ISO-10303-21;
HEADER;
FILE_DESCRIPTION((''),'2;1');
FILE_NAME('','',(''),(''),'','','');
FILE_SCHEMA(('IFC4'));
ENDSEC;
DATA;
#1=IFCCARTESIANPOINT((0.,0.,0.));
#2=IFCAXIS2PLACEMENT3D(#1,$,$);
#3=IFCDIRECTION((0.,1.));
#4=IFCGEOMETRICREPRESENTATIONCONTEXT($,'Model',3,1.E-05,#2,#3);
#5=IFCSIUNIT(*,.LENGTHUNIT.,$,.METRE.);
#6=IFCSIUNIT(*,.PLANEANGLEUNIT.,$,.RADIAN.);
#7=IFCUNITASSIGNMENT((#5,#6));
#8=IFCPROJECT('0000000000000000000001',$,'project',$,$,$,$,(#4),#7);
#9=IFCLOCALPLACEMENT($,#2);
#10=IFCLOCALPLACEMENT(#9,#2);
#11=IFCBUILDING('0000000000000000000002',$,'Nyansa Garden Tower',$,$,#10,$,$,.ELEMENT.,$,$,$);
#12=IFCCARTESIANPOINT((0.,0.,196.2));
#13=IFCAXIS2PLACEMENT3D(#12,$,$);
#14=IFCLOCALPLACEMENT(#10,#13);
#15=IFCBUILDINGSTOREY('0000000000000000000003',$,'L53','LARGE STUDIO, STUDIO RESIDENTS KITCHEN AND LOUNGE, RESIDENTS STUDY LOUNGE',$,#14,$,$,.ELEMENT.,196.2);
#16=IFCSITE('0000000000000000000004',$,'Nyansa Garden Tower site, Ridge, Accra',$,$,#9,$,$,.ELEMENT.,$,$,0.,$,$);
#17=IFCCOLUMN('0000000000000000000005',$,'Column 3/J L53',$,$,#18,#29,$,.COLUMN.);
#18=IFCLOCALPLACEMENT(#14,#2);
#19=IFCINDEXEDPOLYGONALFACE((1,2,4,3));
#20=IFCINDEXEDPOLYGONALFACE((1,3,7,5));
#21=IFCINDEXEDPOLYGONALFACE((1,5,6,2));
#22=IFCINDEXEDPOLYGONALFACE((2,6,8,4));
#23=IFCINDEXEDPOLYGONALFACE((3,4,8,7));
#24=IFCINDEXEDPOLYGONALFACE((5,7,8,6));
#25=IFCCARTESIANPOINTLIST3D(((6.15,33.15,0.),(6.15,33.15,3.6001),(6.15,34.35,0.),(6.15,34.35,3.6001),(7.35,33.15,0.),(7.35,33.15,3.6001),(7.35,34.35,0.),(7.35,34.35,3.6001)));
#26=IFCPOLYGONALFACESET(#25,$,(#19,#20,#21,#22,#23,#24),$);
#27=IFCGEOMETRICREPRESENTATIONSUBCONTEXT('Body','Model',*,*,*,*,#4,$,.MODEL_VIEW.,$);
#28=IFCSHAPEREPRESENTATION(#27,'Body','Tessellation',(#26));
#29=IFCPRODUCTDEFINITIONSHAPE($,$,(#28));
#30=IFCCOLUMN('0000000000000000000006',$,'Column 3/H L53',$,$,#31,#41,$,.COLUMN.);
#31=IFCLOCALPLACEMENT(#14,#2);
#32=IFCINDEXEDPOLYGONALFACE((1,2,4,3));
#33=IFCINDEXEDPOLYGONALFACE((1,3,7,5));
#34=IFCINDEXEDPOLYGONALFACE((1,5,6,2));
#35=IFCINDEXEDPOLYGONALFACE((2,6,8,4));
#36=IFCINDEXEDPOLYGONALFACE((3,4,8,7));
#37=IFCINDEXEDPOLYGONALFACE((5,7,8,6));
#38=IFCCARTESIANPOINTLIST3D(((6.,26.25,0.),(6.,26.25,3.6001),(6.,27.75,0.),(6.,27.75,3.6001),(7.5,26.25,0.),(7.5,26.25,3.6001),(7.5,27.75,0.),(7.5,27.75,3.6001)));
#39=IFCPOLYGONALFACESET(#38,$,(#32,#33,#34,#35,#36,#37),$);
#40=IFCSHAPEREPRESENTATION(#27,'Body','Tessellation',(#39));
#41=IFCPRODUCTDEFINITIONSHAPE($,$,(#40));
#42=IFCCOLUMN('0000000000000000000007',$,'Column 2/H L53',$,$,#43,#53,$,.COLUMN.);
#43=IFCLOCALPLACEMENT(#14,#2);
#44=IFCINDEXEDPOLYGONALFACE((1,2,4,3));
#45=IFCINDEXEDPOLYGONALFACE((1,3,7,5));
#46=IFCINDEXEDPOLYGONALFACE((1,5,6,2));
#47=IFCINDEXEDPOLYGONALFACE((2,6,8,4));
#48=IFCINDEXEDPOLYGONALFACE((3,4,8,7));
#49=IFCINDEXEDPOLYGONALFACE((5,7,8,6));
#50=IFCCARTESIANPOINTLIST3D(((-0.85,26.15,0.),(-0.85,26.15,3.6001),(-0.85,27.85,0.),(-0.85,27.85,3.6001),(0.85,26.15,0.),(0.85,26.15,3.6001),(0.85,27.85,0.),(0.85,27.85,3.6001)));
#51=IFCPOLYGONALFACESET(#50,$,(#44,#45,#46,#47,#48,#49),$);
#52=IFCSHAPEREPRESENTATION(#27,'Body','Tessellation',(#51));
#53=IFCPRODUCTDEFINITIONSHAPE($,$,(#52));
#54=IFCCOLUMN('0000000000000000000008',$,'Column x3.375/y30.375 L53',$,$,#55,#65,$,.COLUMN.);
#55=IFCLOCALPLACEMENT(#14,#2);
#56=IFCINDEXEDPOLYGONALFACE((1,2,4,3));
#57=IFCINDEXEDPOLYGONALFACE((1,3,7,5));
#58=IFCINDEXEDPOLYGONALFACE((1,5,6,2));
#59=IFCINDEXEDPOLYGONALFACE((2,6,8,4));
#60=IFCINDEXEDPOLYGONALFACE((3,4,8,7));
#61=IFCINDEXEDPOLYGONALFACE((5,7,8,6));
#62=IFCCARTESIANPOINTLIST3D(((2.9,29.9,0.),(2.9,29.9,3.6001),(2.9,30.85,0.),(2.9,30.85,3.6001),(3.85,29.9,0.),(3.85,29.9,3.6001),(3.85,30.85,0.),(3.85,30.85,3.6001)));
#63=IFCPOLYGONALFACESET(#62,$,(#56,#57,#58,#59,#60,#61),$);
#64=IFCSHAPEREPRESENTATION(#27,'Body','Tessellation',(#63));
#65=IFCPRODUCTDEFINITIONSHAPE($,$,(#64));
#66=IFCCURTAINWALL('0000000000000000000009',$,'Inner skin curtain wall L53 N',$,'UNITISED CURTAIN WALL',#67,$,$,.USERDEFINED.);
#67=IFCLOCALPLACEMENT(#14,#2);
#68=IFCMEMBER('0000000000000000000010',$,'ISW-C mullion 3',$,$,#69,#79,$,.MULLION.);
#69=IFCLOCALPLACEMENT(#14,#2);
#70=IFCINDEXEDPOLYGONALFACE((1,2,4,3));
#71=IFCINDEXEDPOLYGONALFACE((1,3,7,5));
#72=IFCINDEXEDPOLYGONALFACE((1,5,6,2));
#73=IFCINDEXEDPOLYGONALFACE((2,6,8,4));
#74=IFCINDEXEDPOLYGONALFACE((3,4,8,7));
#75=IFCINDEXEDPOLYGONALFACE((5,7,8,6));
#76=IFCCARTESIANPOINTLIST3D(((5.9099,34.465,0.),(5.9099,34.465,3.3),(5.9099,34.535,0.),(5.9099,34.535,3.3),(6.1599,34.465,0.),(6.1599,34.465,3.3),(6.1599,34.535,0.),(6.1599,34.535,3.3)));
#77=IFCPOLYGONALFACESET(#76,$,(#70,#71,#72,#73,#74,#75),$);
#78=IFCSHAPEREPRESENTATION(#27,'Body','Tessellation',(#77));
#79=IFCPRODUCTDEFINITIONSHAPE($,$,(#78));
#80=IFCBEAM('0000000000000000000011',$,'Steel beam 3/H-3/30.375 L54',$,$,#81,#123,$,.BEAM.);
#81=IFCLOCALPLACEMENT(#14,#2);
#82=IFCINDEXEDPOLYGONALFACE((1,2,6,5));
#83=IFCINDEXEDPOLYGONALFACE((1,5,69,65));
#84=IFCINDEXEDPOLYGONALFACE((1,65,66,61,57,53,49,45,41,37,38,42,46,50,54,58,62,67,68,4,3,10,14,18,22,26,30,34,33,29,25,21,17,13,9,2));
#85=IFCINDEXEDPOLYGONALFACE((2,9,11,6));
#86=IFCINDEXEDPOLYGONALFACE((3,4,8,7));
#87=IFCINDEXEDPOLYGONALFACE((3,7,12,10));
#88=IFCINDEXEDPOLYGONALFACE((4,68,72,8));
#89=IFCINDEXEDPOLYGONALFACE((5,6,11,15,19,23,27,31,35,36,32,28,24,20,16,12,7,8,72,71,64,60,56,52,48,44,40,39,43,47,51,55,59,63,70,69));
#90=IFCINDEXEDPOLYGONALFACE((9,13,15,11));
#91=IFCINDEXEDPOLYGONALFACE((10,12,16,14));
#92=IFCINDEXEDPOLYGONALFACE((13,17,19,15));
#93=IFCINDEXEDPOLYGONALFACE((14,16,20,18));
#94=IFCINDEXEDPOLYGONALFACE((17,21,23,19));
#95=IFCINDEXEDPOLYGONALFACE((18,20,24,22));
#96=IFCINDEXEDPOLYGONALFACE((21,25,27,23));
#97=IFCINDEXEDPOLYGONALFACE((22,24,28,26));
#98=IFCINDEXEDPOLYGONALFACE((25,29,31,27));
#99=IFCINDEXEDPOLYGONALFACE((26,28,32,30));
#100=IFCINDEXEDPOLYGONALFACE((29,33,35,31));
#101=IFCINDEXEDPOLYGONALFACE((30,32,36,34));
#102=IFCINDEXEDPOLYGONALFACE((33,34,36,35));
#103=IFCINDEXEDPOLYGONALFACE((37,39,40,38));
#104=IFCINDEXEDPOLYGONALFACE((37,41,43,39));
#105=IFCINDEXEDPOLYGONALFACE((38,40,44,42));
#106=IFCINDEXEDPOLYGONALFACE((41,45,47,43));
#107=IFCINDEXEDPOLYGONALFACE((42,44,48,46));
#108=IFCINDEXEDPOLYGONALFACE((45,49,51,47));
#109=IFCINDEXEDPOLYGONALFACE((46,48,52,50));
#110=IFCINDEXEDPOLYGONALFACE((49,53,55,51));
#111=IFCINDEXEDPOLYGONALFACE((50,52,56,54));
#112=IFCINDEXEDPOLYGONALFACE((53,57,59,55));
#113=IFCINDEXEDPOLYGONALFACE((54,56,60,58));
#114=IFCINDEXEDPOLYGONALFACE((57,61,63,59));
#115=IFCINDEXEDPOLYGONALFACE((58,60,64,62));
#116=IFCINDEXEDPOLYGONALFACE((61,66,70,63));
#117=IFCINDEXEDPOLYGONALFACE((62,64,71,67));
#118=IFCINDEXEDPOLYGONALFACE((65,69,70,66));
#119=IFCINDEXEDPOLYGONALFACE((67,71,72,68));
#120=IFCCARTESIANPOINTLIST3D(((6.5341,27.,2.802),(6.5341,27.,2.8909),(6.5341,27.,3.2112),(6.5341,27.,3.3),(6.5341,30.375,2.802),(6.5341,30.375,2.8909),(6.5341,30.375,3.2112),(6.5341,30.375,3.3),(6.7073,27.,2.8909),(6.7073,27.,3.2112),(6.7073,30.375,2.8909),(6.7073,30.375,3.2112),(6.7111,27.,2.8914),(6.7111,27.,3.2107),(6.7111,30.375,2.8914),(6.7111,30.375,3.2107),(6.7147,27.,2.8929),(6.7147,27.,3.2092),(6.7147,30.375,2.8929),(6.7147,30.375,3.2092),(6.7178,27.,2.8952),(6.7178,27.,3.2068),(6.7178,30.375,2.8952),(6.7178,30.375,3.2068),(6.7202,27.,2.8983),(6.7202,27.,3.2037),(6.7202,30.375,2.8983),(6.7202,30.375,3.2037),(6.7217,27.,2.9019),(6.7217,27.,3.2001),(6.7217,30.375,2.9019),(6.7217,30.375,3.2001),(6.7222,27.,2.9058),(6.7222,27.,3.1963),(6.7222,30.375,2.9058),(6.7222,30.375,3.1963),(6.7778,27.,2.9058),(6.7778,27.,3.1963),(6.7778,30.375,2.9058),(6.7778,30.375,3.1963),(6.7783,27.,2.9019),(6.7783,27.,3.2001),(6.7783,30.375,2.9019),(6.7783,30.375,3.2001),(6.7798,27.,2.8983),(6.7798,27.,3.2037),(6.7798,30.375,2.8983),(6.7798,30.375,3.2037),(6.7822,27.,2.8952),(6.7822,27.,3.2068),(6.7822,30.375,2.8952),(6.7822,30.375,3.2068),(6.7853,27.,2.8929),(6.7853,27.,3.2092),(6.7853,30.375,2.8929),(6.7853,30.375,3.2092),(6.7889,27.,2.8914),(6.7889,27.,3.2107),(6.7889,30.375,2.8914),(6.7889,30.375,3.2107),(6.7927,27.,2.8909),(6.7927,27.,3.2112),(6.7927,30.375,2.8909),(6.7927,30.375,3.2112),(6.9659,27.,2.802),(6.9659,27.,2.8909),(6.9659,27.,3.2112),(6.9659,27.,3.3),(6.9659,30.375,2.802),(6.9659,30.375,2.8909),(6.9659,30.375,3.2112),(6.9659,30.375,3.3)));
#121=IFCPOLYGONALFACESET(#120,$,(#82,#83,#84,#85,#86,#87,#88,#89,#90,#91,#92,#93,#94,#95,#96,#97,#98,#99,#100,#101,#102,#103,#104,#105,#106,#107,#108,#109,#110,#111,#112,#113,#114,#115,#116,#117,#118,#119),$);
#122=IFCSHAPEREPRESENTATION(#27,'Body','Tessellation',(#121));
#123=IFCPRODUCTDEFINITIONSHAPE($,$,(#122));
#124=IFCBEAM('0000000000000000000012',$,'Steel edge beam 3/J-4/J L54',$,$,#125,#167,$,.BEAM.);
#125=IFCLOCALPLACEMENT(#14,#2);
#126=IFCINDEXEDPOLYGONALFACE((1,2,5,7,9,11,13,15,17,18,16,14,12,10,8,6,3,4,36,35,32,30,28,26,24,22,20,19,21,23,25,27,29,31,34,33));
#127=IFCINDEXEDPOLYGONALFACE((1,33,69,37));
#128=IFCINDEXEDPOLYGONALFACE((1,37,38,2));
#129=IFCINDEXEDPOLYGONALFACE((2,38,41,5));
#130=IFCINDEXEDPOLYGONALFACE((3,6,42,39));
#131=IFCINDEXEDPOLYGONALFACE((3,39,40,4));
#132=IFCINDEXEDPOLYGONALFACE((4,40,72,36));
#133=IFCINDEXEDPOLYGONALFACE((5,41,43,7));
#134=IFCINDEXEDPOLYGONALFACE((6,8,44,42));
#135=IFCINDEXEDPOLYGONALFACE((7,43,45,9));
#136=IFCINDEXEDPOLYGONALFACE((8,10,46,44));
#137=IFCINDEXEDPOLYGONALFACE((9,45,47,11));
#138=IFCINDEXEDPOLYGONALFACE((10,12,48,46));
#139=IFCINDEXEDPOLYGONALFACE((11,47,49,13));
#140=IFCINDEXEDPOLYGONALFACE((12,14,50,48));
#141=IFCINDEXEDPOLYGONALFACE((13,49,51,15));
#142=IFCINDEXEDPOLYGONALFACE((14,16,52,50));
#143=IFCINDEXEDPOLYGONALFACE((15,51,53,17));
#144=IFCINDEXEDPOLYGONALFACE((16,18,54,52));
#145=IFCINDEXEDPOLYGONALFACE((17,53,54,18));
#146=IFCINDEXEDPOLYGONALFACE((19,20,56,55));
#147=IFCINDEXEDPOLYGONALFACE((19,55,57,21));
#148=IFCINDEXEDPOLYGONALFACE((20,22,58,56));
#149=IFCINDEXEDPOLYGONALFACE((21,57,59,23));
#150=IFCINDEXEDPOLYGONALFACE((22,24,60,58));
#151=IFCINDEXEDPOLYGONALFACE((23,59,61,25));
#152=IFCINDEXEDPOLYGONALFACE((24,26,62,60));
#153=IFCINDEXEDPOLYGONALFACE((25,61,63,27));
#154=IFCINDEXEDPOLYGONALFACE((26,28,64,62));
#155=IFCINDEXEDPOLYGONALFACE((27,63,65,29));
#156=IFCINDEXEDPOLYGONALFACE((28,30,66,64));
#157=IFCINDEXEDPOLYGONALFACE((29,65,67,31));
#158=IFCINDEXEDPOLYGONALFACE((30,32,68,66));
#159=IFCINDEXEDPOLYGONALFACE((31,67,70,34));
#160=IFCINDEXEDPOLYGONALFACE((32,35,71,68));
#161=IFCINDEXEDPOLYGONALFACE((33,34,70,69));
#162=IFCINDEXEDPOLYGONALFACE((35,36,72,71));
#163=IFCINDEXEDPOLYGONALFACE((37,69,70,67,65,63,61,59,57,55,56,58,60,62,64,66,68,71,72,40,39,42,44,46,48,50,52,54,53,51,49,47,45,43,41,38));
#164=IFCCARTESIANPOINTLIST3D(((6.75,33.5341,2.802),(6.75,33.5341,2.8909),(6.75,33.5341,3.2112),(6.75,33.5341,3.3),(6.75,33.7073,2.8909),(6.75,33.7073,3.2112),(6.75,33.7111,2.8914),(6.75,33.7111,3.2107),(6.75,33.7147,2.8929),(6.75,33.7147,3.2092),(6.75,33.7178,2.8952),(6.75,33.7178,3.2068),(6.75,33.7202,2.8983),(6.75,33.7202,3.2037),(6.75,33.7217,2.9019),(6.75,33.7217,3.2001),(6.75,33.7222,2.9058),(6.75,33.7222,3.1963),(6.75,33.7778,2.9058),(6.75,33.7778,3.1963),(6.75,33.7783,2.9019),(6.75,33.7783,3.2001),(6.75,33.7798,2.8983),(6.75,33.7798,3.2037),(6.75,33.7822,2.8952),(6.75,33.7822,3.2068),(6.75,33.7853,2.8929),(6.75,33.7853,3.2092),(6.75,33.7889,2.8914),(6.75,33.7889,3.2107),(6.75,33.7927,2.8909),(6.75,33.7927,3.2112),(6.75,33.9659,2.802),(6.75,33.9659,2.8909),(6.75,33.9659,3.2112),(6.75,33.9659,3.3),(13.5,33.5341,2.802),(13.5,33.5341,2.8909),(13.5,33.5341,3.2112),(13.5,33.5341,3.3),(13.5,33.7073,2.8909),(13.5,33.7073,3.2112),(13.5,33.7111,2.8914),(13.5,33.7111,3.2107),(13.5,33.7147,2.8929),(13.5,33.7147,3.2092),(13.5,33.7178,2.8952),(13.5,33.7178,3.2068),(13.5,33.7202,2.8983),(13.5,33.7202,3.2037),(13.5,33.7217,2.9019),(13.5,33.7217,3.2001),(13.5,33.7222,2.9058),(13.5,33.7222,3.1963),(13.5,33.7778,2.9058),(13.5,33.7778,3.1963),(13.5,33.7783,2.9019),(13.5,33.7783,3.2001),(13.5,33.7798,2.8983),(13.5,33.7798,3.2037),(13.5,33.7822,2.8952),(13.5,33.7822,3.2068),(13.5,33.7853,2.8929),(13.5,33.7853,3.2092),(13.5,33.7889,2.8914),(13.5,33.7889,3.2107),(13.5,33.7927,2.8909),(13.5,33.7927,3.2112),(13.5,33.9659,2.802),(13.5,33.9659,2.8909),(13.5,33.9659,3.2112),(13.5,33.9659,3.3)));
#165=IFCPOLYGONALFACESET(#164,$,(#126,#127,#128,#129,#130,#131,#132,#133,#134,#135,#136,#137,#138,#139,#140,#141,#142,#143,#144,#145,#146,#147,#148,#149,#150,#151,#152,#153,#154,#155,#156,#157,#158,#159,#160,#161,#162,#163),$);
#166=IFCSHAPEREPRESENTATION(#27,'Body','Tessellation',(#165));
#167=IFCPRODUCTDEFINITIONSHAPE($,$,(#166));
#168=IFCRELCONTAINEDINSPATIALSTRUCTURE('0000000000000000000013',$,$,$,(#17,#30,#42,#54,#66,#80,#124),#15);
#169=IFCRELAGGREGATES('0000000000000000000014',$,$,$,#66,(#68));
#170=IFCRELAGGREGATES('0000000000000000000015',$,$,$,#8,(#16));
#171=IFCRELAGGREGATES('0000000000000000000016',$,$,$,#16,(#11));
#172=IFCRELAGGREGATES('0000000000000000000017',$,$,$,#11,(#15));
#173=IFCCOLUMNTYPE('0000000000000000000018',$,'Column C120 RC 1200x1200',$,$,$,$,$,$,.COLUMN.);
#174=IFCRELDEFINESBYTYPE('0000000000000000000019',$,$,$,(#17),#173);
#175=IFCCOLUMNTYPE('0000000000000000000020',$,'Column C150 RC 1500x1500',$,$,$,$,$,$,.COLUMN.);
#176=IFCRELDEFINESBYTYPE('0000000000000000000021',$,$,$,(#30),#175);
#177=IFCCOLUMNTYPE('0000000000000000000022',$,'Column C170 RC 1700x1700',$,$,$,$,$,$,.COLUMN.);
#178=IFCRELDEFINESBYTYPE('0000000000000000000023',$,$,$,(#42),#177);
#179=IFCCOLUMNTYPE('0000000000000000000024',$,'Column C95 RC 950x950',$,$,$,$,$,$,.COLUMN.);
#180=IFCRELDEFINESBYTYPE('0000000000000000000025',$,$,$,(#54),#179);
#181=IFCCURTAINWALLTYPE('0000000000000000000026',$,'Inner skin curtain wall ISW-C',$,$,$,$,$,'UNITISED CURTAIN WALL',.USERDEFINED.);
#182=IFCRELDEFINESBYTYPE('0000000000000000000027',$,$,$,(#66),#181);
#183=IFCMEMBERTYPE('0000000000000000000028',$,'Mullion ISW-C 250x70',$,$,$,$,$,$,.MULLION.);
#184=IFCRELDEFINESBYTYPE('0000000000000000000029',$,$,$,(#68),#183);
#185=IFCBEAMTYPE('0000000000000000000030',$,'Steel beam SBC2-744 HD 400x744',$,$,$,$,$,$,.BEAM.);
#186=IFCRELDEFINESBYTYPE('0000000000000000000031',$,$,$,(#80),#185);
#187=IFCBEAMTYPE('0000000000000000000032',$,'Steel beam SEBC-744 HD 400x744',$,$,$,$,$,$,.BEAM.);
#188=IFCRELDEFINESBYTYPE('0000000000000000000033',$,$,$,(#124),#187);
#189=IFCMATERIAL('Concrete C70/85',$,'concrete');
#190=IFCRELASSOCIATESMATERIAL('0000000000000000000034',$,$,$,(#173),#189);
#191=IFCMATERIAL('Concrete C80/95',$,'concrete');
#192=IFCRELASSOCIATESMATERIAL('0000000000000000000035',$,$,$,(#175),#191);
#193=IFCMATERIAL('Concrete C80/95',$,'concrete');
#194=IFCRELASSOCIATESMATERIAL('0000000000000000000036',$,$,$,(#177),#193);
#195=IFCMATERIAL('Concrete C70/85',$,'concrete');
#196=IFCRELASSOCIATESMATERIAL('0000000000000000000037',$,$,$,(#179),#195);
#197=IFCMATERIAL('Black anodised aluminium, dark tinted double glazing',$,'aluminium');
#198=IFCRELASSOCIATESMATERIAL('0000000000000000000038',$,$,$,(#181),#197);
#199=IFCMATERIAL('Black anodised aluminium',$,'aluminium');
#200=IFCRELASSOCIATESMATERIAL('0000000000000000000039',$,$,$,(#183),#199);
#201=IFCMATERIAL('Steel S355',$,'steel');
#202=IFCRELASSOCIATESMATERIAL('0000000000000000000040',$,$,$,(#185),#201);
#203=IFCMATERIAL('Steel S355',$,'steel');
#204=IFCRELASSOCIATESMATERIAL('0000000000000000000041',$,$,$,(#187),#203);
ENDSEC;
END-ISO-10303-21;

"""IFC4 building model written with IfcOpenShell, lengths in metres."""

from ifc_helpers import new_model, si_unit, direction, frame, origin, origin_2d, place, context, subcontext, project, spatial, rectangle, i_section, extrude, material, material_profile, profile_set, type_object, element, aggregate, save


model = new_model("IFC4")

# Units and contexts
model_context = context("Model", 3, precision=1e-05, world=origin(), true_north=direction((0.0, 1.0)))
body_context = subcontext(model_context, "Body", "Model", "MODEL_VIEW")
ifc_project = project(units=[si_unit("LENGTHUNIT", "METRE"), si_unit("PLANEANGLEUNIT", "RADIAN")], contexts=[model_context])

# Site, building, storey
site_placement = place(None, origin())
site = spatial("IfcSite", under=ifc_project, at=site_placement, Name="Nyansa Garden Tower site, Ridge, Accra", CompositionType="ELEMENT", RefElevation=0.0)
building_placement = place(site_placement, origin())
building = spatial("IfcBuilding", under=site, at=building_placement, Name="Nyansa Garden Tower", CompositionType="ELEMENT")
storey_placement = place(building_placement, frame((0.0, 0.0, 196.2)))
storey = spatial("IfcBuildingStorey", under=building, at=storey_placement, Name="L53", Description="LARGE STUDIO, STUDIO RESIDENTS KITCHEN AND LOUNGE, RESIDENTS STUDY LOUNGE", CompositionType="ELEMENT", Elevation=196.2)

# Columns
ifc_material_1 = material(Name="Concrete C70/85", Category="concrete")
ifc_material_profile_1 = material_profile(ifc_material_1, rectangle(XDim=1.2, YDim=1.2, at=origin_2d()), Name="RC 1200x1200")
ifc_profile_set_1 = profile_set([ifc_material_profile_1], Name="Concrete C70/85")
column_type_1 = type_object("IfcColumnType", Name="Column C120 RC 1200x1200", PredefinedType="COLUMN", material=ifc_profile_set_1)
column_1_placement = place(storey_placement, frame((6.75, 33.75, 0.0), z_axis=(0.0, 0.0, 1.0), x_axis=(1.0, 0.0, 0.0)))
element("IfcColumn", 1, at=column_1_placement, inside=storey, type_object=column_type_1, Name="Column 3/J L53", PredefinedType="COLUMN", context=body_context, shape_type="SweptSolid", body=[
    extrude(rectangle(XDim=1.2, YDim=1.2, at=origin_2d()), origin(), (0.0, 0.0, 1.0), 3.6001),
])
ifc_material_2 = material(Name="Concrete C80/95", Category="concrete")
ifc_material_profile_2 = material_profile(ifc_material_2, rectangle(XDim=1.5, YDim=1.5, at=origin_2d()), Name="RC 1500x1500")
ifc_profile_set_2 = profile_set([ifc_material_profile_2], Name="Concrete C80/95")
column_type_2 = type_object("IfcColumnType", Name="Column C150 RC 1500x1500", PredefinedType="COLUMN", material=ifc_profile_set_2)
column_2_placement = place(storey_placement, frame((6.75, 27.0, 0.0), z_axis=(0.0, 0.0, 1.0), x_axis=(1.0, 0.0, 0.0)))
element("IfcColumn", 2, at=column_2_placement, inside=storey, type_object=column_type_2, Name="Column 3/H L53", PredefinedType="COLUMN", context=body_context, shape_type="SweptSolid", body=[
    extrude(rectangle(XDim=1.5, YDim=1.5, at=origin_2d()), origin(), (0.0, 0.0, 1.0), 3.6001),
])
ifc_material_3 = material(Name="Concrete C80/95", Category="concrete")
ifc_material_profile_3 = material_profile(ifc_material_3, rectangle(XDim=1.7, YDim=1.7, at=origin_2d()), Name="RC 1700x1700")
ifc_profile_set_3 = profile_set([ifc_material_profile_3], Name="Concrete C80/95")
column_type_3 = type_object("IfcColumnType", Name="Column C170 RC 1700x1700", PredefinedType="COLUMN", material=ifc_profile_set_3)
column_3_placement = place(storey_placement, frame((0.0, 27.0, 0.0), z_axis=(0.0, 0.0, 1.0), x_axis=(1.0, 0.0, 0.0)))
element("IfcColumn", 3, at=column_3_placement, inside=storey, type_object=column_type_3, Name="Column 2/H L53", PredefinedType="COLUMN", context=body_context, shape_type="SweptSolid", body=[
    extrude(rectangle(XDim=1.7, YDim=1.7, at=origin_2d()), origin(), (0.0, 0.0, 1.0), 3.6001),
])
ifc_material_4 = material(Name="Concrete C70/85", Category="concrete")
ifc_material_profile_4 = material_profile(ifc_material_4, rectangle(XDim=0.95, YDim=0.95, at=origin_2d()), Name="RC 950x950")
ifc_profile_set_4 = profile_set([ifc_material_profile_4], Name="Concrete C70/85")
column_type_4 = type_object("IfcColumnType", Name="Column C95 RC 950x950", PredefinedType="COLUMN", material=ifc_profile_set_4)
column_4_placement = place(storey_placement, frame((3.375, 30.375, 0.0), z_axis=(0.0, 0.0, 1.0), x_axis=(1.0, 0.0, 0.0)))
element("IfcColumn", 4, at=column_4_placement, inside=storey, type_object=column_type_4, Name="Column x3.375/y30.375 L53", PredefinedType="COLUMN", context=body_context, shape_type="SweptSolid", body=[
    extrude(rectangle(XDim=0.95, YDim=0.95, at=origin_2d()), origin(), (0.0, 0.0, 1.0), 3.6001),
])

# Curtain wall, member
ifc_material_5 = material(Name="Black anodised aluminium, dark tinted double glazing", Category="aluminium")
curtain_wall_type = type_object("IfcCurtainWallType", Name="Inner skin curtain wall ISW-C", ElementType="UNITISED CURTAIN WALL", PredefinedType="USERDEFINED", material=ifc_material_5)
curtain_wall_placement = place(storey_placement, origin())
curtain_wall = element("IfcCurtainWall", 5, at=curtain_wall_placement, inside=storey, type_object=curtain_wall_type, Name="Inner skin curtain wall L53 N", ObjectType="UNITISED CURTAIN WALL", PredefinedType="USERDEFINED")
ifc_material_6 = material(Name="Black anodised aluminium", Category="aluminium")
ifc_material_profile_5 = material_profile(ifc_material_6, rectangle(XDim=0.0701, YDim=0.25, at=origin_2d()), Name="Mullion 250x70")
ifc_profile_set_5 = profile_set([ifc_material_profile_5], Name="Black anodised aluminium")
member_type_1 = type_object("IfcMemberType", Name="Mullion ISW-C 250x70", PredefinedType="MULLION", material=ifc_profile_set_5)
member_1_placement = place(storey_placement, frame((6.0349, 34.5, 0.0), z_axis=(0.0, 0.0, 1.0), x_axis=(0.0, -1.0, 0.0)))
member_1 = element("IfcMember", 6, at=member_1_placement, type_object=member_type_1, Name="ISW-C mullion 3", PredefinedType="MULLION", context=body_context, shape_type="SweptSolid", body=[
    extrude(rectangle(XDim=0.0701, YDim=0.25, at=origin_2d()), origin(), (0.0, 0.0, 1.0), 3.3),
])

# Beams
ifc_material_7 = material(Name="Steel S355", Category="steel")
ifc_material_profile_6 = material_profile(ifc_material_7, i_section(OverallWidth=0.4319, OverallDepth=0.498, WebThickness=0.0557, FlangeThickness=0.0889, FilletRadius=0.0149, at=origin_2d()), Name="HD 400x744")
ifc_profile_set_6 = profile_set([ifc_material_profile_6], Name="Steel S355")
beam_type_1 = type_object("IfcBeamType", Name="Steel beam SBC2-744 HD 400x744", PredefinedType="BEAM", material=ifc_profile_set_6)
beam_1_placement = place(storey_placement, frame((6.75, 27.0, 3.051), z_axis=(0.0, 1.0, 0.0), x_axis=(-1.0, 0.0, 0.0)))
element("IfcBeam", 7, at=beam_1_placement, inside=storey, type_object=beam_type_1, Name="Steel beam 3/H-3/30.375 L54", PredefinedType="BEAM", context=body_context, shape_type="SweptSolid", body=[
    extrude(i_section(OverallWidth=0.4319, OverallDepth=0.498, WebThickness=0.0557, FlangeThickness=0.0889, FilletRadius=0.0149, at=origin_2d()), origin(), (0.0, 0.0, 1.0), 3.375),
])
ifc_material_8 = material(Name="Steel S355", Category="steel")
ifc_material_profile_7 = material_profile(ifc_material_8, i_section(OverallWidth=0.4319, OverallDepth=0.498, WebThickness=0.0557, FlangeThickness=0.0889, FilletRadius=0.0149, at=origin_2d()), Name="HD 400x744")
ifc_profile_set_7 = profile_set([ifc_material_profile_7], Name="Steel S355")
beam_type_2 = type_object("IfcBeamType", Name="Steel beam SEBC-744 HD 400x744", PredefinedType="BEAM", material=ifc_profile_set_7)
beam_2_placement = place(storey_placement, frame((6.75, 33.75, 3.051), z_axis=(1.0, 0.0, 0.0), x_axis=(0.0, 1.0, 0.0)))
element("IfcBeam", 8, at=beam_2_placement, inside=storey, type_object=beam_type_2, Name="Steel edge beam 3/J-4/J L54", PredefinedType="BEAM", context=body_context, shape_type="SweptSolid", body=[
    extrude(i_section(OverallWidth=0.4319, OverallDepth=0.498, WebThickness=0.0557, FlangeThickness=0.0889, FilletRadius=0.0149, at=origin_2d()), origin(), (0.0, 0.0, 1.0), 6.75),
])

aggregate(curtain_wall, [member_1])

save(model, "model.ifc")
